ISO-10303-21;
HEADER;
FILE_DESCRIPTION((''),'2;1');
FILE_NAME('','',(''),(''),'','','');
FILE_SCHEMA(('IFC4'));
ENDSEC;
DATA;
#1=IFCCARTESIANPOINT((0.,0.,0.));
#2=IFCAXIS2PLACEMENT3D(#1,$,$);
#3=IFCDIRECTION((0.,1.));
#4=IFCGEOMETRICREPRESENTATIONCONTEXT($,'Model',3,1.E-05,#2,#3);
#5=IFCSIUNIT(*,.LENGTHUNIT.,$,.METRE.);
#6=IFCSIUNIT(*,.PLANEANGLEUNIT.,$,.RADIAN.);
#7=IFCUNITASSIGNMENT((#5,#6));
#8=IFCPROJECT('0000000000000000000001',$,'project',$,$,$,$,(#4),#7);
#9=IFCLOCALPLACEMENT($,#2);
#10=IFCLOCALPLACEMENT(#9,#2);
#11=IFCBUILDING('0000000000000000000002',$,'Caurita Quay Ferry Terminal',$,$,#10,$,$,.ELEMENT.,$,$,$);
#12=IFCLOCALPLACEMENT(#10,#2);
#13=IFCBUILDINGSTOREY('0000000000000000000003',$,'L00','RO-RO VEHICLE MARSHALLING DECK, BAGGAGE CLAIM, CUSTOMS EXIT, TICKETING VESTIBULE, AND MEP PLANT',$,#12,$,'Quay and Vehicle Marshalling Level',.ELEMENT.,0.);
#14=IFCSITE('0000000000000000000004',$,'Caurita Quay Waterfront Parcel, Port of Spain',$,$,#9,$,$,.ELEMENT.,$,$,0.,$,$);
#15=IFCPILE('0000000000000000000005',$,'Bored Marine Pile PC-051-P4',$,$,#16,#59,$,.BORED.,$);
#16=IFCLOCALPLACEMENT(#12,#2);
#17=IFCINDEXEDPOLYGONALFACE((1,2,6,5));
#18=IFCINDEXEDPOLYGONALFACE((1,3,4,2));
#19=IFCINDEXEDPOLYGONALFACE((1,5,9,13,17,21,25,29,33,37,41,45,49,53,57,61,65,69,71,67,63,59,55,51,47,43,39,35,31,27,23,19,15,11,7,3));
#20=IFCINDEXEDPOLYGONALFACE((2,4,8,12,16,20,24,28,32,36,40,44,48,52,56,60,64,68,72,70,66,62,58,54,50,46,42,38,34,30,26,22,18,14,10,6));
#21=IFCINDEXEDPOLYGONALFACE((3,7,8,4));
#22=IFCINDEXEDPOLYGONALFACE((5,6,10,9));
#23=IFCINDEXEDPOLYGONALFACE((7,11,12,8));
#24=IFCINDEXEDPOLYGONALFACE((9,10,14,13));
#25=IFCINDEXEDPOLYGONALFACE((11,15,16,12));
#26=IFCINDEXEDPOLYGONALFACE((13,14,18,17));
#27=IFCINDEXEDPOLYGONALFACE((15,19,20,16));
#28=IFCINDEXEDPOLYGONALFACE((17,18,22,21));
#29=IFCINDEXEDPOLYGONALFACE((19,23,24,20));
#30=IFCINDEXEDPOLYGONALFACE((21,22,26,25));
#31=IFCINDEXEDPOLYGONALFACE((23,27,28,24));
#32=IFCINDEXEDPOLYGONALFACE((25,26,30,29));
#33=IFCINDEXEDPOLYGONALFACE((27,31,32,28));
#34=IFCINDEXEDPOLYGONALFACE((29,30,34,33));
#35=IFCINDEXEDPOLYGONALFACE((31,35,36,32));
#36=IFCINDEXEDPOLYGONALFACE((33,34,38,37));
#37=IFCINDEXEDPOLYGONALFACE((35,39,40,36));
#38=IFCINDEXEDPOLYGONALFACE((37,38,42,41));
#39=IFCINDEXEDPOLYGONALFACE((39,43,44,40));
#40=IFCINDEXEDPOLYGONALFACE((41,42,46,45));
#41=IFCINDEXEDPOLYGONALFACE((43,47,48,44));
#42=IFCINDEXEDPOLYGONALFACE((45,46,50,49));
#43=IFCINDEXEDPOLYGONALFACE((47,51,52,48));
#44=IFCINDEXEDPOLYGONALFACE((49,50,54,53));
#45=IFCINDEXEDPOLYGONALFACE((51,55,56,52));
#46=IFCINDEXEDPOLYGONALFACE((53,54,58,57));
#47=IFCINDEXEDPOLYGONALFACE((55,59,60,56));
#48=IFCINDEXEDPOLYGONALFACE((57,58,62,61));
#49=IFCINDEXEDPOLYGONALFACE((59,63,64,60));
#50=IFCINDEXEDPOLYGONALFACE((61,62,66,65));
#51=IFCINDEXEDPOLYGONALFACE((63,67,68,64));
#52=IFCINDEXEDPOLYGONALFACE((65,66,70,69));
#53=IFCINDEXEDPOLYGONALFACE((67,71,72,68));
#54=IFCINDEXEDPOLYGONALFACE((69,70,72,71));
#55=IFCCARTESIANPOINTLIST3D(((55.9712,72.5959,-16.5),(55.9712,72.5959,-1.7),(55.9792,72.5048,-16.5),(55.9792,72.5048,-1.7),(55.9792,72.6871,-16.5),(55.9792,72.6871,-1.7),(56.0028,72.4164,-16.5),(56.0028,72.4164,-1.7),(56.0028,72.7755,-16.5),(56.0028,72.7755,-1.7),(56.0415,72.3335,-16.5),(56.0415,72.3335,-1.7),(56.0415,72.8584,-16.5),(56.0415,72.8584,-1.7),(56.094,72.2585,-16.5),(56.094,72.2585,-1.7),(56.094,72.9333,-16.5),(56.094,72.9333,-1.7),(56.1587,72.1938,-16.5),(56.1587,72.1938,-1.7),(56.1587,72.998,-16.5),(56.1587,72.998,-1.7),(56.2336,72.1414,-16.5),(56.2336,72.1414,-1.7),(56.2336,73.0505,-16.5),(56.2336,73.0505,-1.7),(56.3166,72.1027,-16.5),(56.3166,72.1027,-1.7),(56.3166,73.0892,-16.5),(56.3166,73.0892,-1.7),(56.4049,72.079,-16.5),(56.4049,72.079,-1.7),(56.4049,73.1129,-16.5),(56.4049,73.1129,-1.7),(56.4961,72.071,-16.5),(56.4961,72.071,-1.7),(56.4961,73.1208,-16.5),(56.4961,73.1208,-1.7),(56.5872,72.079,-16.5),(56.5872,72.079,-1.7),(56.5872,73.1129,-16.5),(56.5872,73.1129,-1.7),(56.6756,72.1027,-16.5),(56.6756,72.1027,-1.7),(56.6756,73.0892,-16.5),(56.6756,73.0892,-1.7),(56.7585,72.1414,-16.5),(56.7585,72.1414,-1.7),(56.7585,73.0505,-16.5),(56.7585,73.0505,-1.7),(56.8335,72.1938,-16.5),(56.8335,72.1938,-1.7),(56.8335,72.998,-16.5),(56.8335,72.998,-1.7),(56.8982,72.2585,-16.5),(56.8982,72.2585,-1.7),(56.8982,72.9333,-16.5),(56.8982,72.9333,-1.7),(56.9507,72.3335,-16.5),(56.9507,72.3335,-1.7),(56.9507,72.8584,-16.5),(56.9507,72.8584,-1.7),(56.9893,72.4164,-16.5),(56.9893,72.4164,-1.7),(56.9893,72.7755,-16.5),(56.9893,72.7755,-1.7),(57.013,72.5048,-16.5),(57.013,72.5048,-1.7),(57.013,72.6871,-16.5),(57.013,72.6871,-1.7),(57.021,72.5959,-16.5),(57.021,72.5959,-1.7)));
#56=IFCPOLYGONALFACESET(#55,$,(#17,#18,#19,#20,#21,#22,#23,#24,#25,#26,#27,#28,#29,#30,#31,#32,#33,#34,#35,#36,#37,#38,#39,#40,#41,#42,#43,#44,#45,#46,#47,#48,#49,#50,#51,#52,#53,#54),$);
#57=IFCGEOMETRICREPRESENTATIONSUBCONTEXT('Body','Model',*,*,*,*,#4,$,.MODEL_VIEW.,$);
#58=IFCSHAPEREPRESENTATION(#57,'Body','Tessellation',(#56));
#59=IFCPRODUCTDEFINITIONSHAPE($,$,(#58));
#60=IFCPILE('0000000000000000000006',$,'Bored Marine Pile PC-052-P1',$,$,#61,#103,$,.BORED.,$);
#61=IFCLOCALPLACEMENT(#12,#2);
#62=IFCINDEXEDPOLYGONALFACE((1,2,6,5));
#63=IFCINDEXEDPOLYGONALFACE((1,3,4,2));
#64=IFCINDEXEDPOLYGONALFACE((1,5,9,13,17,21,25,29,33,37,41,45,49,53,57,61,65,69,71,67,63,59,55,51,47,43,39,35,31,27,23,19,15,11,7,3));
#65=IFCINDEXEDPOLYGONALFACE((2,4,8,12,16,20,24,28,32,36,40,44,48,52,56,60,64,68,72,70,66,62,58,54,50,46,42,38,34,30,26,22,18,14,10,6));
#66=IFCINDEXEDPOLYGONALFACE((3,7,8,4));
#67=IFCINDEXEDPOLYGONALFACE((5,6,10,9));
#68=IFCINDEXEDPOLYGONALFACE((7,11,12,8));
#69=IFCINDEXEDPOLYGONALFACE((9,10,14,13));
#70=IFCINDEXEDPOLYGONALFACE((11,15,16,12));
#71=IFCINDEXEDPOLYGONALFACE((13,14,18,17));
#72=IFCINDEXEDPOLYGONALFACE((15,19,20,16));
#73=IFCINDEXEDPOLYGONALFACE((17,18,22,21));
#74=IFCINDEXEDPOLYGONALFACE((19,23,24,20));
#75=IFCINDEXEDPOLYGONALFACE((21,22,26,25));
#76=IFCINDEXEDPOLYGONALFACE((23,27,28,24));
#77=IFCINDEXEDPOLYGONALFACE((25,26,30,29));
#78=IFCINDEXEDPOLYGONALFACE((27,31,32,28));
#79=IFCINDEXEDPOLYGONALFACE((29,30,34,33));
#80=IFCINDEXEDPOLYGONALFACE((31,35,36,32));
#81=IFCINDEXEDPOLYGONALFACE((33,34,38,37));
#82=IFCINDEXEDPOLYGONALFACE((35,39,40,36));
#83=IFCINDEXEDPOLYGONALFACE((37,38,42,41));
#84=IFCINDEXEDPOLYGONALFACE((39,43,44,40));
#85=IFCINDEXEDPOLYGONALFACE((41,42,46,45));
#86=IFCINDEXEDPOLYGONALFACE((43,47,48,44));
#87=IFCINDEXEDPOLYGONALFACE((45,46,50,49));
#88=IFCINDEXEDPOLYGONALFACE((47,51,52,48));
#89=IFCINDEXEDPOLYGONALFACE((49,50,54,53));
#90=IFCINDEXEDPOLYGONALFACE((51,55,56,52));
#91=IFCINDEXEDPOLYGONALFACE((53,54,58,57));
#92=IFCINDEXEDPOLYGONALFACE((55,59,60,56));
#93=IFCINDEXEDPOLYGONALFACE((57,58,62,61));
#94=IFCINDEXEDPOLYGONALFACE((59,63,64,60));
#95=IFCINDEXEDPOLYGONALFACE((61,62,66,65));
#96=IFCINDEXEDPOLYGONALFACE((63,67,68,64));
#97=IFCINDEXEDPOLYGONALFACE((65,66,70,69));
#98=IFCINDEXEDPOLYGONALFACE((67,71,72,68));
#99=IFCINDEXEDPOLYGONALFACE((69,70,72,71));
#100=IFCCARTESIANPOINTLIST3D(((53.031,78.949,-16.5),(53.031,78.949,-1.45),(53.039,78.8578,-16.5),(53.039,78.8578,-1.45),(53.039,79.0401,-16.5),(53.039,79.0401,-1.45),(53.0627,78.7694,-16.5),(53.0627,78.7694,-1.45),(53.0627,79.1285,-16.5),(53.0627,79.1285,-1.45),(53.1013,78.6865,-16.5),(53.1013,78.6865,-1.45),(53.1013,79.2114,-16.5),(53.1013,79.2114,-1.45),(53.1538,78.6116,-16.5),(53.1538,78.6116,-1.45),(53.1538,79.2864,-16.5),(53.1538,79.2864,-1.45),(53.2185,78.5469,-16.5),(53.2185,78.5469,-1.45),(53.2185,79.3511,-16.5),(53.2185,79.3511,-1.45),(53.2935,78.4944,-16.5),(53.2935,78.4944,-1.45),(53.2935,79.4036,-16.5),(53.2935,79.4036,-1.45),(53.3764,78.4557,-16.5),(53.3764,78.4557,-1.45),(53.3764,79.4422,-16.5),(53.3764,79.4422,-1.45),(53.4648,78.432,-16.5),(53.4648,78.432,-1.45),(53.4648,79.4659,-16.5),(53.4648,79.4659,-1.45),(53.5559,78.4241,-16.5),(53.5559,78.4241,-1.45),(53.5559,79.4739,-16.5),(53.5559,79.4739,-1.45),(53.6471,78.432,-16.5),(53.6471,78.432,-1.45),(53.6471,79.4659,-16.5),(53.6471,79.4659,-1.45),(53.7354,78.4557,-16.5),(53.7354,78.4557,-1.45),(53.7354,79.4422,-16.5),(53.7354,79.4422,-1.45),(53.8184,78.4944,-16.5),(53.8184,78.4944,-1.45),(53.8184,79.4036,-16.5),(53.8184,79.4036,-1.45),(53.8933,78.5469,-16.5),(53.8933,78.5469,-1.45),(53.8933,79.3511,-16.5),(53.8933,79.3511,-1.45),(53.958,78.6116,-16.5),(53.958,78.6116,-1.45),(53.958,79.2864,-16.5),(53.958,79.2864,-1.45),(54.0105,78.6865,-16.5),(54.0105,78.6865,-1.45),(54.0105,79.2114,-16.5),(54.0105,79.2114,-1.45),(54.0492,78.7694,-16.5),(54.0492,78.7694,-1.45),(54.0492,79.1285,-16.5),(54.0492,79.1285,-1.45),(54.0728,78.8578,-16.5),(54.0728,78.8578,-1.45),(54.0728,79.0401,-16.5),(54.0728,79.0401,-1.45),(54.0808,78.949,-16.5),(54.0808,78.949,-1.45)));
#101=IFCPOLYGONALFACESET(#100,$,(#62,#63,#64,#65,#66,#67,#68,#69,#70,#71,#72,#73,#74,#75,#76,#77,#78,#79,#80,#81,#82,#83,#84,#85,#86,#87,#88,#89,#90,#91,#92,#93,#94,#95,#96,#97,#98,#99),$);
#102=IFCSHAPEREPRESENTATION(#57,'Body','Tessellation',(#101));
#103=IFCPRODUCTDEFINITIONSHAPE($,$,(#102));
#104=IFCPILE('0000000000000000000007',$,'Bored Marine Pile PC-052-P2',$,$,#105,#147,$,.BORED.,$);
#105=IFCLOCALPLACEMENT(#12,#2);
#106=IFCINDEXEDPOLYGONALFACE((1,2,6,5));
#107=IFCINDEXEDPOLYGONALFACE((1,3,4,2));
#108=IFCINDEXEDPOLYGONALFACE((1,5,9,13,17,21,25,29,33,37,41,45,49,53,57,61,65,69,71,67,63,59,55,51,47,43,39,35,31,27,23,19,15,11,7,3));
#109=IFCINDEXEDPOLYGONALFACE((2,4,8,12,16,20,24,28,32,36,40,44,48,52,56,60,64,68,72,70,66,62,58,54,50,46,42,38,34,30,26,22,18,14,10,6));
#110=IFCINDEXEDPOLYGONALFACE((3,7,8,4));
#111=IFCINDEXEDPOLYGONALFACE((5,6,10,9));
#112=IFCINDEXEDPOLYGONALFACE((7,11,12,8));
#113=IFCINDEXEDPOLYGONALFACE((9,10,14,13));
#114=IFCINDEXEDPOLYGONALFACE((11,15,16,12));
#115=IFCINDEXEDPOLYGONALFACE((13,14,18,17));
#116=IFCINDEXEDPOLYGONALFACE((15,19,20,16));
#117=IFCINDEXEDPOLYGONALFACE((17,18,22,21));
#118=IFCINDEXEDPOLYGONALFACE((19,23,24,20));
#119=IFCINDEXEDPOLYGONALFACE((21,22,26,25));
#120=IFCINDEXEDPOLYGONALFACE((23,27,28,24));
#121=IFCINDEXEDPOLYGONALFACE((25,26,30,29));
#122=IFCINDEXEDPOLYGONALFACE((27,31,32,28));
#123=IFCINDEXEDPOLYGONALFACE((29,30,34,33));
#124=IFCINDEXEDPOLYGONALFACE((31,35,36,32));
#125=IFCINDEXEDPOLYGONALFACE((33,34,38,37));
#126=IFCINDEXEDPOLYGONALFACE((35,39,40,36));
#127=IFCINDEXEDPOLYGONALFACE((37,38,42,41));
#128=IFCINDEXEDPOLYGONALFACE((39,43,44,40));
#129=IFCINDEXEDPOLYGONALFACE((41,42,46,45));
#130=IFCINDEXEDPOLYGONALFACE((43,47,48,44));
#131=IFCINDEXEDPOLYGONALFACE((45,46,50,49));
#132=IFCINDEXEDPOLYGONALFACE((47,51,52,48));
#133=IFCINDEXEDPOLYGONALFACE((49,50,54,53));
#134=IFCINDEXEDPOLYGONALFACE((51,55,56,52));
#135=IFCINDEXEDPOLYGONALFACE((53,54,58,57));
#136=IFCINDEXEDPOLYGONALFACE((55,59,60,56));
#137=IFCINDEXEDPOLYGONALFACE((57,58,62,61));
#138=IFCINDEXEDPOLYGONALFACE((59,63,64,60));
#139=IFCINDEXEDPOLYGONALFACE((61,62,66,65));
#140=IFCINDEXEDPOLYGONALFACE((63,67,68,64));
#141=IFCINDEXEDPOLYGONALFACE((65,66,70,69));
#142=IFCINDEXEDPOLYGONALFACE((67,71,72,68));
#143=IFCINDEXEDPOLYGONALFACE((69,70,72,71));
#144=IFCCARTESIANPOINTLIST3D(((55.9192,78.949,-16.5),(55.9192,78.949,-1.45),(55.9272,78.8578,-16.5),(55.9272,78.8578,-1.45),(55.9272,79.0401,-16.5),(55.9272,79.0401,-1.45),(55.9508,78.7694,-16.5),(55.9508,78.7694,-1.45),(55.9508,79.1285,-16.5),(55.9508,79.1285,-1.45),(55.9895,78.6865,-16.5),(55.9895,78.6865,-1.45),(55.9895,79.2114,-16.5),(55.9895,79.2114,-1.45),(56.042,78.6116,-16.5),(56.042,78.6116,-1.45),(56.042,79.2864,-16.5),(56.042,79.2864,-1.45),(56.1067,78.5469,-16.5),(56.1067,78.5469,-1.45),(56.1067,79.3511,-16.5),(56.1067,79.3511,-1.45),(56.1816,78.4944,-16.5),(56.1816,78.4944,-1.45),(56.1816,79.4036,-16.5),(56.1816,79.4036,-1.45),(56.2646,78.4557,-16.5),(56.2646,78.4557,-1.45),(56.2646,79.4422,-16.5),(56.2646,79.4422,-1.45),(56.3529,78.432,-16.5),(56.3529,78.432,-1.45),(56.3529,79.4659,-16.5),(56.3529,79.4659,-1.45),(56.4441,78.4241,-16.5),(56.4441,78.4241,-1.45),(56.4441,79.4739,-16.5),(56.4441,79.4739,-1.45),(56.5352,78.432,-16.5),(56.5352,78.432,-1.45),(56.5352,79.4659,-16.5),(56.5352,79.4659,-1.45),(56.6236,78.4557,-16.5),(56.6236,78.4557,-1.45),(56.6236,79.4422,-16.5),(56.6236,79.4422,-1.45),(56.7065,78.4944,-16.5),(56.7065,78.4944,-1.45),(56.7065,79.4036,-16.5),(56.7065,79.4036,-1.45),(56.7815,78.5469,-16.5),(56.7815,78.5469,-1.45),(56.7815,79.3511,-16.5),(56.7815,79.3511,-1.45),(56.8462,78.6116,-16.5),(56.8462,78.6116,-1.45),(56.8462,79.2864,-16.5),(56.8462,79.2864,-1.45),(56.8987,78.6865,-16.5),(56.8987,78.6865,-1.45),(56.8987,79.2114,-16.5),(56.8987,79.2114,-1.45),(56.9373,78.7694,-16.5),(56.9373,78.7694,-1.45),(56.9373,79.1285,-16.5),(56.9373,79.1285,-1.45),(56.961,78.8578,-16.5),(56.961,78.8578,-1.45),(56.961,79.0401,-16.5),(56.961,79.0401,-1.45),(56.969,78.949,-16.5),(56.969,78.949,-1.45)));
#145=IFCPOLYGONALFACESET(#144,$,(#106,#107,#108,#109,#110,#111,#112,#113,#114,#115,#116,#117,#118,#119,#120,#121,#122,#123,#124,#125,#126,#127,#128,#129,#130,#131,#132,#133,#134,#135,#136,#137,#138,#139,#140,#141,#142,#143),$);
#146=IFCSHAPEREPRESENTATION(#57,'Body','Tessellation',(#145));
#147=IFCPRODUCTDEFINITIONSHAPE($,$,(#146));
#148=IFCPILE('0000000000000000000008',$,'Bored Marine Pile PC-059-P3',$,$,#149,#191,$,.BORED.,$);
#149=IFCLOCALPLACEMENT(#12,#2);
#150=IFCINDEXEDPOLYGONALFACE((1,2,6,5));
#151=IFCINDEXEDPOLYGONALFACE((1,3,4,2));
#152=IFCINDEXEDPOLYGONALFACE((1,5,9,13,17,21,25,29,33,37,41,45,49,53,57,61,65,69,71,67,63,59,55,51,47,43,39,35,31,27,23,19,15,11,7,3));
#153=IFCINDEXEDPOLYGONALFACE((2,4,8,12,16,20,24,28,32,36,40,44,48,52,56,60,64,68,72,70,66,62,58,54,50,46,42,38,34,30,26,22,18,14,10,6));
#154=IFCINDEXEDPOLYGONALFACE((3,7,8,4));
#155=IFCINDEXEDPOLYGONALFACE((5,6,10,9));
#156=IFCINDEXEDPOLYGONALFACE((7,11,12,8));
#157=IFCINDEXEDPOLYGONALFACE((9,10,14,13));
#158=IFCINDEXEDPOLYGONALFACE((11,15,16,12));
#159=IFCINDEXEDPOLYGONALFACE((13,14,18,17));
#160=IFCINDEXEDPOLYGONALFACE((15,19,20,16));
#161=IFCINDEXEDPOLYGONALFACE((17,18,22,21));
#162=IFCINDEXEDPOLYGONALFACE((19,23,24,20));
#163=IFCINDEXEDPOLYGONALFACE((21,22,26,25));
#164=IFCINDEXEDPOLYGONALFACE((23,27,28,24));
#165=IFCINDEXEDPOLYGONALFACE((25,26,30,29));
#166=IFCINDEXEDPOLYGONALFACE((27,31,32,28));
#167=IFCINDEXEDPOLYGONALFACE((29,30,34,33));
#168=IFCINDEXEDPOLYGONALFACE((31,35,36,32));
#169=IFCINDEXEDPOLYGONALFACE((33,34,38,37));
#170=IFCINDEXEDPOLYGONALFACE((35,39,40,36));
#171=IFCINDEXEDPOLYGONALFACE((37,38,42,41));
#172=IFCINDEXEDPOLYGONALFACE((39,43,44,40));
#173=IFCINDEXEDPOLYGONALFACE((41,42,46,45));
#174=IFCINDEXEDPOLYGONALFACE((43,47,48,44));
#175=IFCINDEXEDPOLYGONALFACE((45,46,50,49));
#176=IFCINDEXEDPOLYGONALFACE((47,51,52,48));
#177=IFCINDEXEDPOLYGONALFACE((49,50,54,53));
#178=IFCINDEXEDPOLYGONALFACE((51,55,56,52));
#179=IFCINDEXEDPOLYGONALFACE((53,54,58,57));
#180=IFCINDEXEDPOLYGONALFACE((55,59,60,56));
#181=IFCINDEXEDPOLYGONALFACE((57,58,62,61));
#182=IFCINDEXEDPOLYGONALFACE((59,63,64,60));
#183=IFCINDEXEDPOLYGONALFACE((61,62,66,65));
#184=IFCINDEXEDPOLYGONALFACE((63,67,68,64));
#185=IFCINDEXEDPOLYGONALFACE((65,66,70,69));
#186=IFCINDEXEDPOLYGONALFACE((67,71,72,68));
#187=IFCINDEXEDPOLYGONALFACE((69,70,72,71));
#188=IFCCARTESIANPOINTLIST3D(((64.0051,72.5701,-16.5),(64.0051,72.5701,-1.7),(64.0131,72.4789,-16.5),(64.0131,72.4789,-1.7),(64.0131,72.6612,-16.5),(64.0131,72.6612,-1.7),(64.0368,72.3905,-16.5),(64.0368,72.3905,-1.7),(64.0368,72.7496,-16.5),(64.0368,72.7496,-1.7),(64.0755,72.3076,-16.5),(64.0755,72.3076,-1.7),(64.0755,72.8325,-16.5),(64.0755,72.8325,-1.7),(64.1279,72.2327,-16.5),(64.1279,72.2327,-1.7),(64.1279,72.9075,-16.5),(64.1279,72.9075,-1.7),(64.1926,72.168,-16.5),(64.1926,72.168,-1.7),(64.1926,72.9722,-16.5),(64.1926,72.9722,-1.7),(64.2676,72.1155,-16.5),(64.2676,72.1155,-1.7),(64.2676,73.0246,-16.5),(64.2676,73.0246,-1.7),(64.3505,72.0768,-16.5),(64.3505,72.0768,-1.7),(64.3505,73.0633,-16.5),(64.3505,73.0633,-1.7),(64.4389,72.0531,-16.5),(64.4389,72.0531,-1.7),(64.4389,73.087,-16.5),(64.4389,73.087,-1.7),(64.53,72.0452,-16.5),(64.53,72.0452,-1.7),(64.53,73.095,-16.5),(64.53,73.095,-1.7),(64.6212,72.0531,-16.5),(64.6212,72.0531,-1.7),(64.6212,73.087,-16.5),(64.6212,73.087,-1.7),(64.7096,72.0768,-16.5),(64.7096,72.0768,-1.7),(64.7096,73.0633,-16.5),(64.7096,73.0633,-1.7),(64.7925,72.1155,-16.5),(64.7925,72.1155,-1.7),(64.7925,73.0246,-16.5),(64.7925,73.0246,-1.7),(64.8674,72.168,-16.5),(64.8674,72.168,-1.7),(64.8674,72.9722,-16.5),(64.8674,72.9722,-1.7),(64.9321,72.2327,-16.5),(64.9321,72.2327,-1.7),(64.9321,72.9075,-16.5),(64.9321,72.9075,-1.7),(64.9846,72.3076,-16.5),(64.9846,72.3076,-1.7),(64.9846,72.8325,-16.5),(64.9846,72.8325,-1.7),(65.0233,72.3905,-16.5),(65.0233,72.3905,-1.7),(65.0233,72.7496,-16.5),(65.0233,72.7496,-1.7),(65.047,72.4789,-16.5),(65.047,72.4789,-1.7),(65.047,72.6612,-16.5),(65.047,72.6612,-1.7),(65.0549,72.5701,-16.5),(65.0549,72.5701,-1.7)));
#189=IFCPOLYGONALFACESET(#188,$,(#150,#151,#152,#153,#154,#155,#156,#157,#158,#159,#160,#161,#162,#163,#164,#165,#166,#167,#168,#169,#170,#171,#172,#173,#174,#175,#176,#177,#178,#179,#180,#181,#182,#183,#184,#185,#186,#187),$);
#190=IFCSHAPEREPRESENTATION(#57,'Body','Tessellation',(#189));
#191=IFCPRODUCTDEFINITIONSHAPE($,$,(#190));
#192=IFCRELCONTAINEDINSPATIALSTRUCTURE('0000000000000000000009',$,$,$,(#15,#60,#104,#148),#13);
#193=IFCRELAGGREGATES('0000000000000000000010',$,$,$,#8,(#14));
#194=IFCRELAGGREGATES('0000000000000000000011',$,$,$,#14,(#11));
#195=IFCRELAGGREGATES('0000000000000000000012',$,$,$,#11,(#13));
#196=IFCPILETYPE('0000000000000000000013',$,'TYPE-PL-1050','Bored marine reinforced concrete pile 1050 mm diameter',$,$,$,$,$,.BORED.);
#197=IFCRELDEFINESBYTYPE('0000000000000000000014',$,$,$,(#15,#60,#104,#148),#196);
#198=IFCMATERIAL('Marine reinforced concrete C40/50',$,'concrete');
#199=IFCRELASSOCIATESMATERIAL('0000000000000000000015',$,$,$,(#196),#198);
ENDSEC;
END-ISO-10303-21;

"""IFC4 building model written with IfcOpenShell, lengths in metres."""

from ifc_helpers import new_model, si_unit, direction, frame, origin, origin_2d, place, context, subcontext, project, spatial, circle, extrude, material, material_profile, profile_set, type_object, element, save


model = new_model("IFC4")

# Units and contexts
model_context = context("Model", 3, precision=1e-05, world=origin(), true_north=direction((0.0, 1.0)))
body_context = subcontext(model_context, "Body", "Model", "MODEL_VIEW")
ifc_project = project(units=[si_unit("LENGTHUNIT", "METRE"), si_unit("PLANEANGLEUNIT", "RADIAN")], contexts=[model_context])

# Site, building, storey
site_placement = place(None, origin())
site = spatial("IfcSite", under=ifc_project, at=site_placement, Name="Caurita Quay Waterfront Parcel, Port of Spain", CompositionType="ELEMENT", RefElevation=0.0)
building_placement = place(site_placement, origin())
building = spatial("IfcBuilding", under=site, at=building_placement, Name="Caurita Quay Ferry Terminal", CompositionType="ELEMENT")
storey_placement = place(building_placement, origin())
storey = spatial("IfcBuildingStorey", under=building, at=storey_placement, Name="L00", Description="RO-RO VEHICLE MARSHALLING DECK, BAGGAGE CLAIM, CUSTOMS EXIT, TICKETING VESTIBULE, AND MEP PLANT", LongName="Quay and Vehicle Marshalling Level", CompositionType="ELEMENT", Elevation=0.0)

# Piles
ifc_material_1 = material(Name="Marine reinforced concrete C40/50", Category="concrete")
ifc_material_profile_1 = material_profile(ifc_material_1, circle(Radius=0.5249, at=origin_2d()), Name="PILE-D1050")
ifc_profile_set_1 = profile_set([ifc_material_profile_1], Name="Marine reinforced concrete C40/50")
pile_type = type_object("IfcPileType", Name="TYPE-PL-1050", Description="Bored marine reinforced concrete pile 1050 mm diameter", PredefinedType="BORED", material=ifc_profile_set_1)
for number, where, z_axis, x_axis, name in (
    (1, (56.4961, 72.5959, -1.7), (0.0, 0.0, -1.0), (1.0, 0.0, 0.0), "Bored Marine Pile PC-051-P4"),
):
    element("IfcPile", number, at=place(storey_placement, frame(where, z_axis=z_axis, x_axis=x_axis)), inside=storey, type_object=pile_type, Name=name, PredefinedType="BORED", context=body_context, shape_type="SweptSolid", body=[
        extrude(circle(Radius=0.5249, at=origin_2d()), origin(), (0.0, 0.0, 1.0), 14.8),
    ])
for number, where, z_axis, x_axis, name in (
    (2, (53.5559, 78.949, -1.45), (0.0, 0.0, -1.0), (1.0, 0.0, 0.0), "Bored Marine Pile PC-052-P1"),
    (3, (56.4441, 78.949, -1.45), (0.0, 0.0, -1.0), (1.0, 0.0, 0.0), "Bored Marine Pile PC-052-P2"),
):
    element("IfcPile", number, at=place(storey_placement, frame(where, z_axis=z_axis, x_axis=x_axis)), inside=storey, type_object=pile_type, Name=name, PredefinedType="BORED", context=body_context, shape_type="SweptSolid", body=[
        extrude(circle(Radius=0.5249, at=origin_2d()), origin(), (0.0, 0.0, 1.0), 15.05),
    ])
for number, where, z_axis, x_axis, name in (
    (4, (64.53, 72.5701, -1.7), (0.0, 0.0, -1.0), (1.0, 0.0, 0.0), "Bored Marine Pile PC-059-P3"),
):
    element("IfcPile", number, at=place(storey_placement, frame(where, z_axis=z_axis, x_axis=x_axis)), inside=storey, type_object=pile_type, Name=name, PredefinedType="BORED", context=body_context, shape_type="SweptSolid", body=[
        extrude(circle(Radius=0.5249, at=origin_2d()), origin(), (0.0, 0.0, 1.0), 14.8),
    ])

save(model, "model.ifc")
